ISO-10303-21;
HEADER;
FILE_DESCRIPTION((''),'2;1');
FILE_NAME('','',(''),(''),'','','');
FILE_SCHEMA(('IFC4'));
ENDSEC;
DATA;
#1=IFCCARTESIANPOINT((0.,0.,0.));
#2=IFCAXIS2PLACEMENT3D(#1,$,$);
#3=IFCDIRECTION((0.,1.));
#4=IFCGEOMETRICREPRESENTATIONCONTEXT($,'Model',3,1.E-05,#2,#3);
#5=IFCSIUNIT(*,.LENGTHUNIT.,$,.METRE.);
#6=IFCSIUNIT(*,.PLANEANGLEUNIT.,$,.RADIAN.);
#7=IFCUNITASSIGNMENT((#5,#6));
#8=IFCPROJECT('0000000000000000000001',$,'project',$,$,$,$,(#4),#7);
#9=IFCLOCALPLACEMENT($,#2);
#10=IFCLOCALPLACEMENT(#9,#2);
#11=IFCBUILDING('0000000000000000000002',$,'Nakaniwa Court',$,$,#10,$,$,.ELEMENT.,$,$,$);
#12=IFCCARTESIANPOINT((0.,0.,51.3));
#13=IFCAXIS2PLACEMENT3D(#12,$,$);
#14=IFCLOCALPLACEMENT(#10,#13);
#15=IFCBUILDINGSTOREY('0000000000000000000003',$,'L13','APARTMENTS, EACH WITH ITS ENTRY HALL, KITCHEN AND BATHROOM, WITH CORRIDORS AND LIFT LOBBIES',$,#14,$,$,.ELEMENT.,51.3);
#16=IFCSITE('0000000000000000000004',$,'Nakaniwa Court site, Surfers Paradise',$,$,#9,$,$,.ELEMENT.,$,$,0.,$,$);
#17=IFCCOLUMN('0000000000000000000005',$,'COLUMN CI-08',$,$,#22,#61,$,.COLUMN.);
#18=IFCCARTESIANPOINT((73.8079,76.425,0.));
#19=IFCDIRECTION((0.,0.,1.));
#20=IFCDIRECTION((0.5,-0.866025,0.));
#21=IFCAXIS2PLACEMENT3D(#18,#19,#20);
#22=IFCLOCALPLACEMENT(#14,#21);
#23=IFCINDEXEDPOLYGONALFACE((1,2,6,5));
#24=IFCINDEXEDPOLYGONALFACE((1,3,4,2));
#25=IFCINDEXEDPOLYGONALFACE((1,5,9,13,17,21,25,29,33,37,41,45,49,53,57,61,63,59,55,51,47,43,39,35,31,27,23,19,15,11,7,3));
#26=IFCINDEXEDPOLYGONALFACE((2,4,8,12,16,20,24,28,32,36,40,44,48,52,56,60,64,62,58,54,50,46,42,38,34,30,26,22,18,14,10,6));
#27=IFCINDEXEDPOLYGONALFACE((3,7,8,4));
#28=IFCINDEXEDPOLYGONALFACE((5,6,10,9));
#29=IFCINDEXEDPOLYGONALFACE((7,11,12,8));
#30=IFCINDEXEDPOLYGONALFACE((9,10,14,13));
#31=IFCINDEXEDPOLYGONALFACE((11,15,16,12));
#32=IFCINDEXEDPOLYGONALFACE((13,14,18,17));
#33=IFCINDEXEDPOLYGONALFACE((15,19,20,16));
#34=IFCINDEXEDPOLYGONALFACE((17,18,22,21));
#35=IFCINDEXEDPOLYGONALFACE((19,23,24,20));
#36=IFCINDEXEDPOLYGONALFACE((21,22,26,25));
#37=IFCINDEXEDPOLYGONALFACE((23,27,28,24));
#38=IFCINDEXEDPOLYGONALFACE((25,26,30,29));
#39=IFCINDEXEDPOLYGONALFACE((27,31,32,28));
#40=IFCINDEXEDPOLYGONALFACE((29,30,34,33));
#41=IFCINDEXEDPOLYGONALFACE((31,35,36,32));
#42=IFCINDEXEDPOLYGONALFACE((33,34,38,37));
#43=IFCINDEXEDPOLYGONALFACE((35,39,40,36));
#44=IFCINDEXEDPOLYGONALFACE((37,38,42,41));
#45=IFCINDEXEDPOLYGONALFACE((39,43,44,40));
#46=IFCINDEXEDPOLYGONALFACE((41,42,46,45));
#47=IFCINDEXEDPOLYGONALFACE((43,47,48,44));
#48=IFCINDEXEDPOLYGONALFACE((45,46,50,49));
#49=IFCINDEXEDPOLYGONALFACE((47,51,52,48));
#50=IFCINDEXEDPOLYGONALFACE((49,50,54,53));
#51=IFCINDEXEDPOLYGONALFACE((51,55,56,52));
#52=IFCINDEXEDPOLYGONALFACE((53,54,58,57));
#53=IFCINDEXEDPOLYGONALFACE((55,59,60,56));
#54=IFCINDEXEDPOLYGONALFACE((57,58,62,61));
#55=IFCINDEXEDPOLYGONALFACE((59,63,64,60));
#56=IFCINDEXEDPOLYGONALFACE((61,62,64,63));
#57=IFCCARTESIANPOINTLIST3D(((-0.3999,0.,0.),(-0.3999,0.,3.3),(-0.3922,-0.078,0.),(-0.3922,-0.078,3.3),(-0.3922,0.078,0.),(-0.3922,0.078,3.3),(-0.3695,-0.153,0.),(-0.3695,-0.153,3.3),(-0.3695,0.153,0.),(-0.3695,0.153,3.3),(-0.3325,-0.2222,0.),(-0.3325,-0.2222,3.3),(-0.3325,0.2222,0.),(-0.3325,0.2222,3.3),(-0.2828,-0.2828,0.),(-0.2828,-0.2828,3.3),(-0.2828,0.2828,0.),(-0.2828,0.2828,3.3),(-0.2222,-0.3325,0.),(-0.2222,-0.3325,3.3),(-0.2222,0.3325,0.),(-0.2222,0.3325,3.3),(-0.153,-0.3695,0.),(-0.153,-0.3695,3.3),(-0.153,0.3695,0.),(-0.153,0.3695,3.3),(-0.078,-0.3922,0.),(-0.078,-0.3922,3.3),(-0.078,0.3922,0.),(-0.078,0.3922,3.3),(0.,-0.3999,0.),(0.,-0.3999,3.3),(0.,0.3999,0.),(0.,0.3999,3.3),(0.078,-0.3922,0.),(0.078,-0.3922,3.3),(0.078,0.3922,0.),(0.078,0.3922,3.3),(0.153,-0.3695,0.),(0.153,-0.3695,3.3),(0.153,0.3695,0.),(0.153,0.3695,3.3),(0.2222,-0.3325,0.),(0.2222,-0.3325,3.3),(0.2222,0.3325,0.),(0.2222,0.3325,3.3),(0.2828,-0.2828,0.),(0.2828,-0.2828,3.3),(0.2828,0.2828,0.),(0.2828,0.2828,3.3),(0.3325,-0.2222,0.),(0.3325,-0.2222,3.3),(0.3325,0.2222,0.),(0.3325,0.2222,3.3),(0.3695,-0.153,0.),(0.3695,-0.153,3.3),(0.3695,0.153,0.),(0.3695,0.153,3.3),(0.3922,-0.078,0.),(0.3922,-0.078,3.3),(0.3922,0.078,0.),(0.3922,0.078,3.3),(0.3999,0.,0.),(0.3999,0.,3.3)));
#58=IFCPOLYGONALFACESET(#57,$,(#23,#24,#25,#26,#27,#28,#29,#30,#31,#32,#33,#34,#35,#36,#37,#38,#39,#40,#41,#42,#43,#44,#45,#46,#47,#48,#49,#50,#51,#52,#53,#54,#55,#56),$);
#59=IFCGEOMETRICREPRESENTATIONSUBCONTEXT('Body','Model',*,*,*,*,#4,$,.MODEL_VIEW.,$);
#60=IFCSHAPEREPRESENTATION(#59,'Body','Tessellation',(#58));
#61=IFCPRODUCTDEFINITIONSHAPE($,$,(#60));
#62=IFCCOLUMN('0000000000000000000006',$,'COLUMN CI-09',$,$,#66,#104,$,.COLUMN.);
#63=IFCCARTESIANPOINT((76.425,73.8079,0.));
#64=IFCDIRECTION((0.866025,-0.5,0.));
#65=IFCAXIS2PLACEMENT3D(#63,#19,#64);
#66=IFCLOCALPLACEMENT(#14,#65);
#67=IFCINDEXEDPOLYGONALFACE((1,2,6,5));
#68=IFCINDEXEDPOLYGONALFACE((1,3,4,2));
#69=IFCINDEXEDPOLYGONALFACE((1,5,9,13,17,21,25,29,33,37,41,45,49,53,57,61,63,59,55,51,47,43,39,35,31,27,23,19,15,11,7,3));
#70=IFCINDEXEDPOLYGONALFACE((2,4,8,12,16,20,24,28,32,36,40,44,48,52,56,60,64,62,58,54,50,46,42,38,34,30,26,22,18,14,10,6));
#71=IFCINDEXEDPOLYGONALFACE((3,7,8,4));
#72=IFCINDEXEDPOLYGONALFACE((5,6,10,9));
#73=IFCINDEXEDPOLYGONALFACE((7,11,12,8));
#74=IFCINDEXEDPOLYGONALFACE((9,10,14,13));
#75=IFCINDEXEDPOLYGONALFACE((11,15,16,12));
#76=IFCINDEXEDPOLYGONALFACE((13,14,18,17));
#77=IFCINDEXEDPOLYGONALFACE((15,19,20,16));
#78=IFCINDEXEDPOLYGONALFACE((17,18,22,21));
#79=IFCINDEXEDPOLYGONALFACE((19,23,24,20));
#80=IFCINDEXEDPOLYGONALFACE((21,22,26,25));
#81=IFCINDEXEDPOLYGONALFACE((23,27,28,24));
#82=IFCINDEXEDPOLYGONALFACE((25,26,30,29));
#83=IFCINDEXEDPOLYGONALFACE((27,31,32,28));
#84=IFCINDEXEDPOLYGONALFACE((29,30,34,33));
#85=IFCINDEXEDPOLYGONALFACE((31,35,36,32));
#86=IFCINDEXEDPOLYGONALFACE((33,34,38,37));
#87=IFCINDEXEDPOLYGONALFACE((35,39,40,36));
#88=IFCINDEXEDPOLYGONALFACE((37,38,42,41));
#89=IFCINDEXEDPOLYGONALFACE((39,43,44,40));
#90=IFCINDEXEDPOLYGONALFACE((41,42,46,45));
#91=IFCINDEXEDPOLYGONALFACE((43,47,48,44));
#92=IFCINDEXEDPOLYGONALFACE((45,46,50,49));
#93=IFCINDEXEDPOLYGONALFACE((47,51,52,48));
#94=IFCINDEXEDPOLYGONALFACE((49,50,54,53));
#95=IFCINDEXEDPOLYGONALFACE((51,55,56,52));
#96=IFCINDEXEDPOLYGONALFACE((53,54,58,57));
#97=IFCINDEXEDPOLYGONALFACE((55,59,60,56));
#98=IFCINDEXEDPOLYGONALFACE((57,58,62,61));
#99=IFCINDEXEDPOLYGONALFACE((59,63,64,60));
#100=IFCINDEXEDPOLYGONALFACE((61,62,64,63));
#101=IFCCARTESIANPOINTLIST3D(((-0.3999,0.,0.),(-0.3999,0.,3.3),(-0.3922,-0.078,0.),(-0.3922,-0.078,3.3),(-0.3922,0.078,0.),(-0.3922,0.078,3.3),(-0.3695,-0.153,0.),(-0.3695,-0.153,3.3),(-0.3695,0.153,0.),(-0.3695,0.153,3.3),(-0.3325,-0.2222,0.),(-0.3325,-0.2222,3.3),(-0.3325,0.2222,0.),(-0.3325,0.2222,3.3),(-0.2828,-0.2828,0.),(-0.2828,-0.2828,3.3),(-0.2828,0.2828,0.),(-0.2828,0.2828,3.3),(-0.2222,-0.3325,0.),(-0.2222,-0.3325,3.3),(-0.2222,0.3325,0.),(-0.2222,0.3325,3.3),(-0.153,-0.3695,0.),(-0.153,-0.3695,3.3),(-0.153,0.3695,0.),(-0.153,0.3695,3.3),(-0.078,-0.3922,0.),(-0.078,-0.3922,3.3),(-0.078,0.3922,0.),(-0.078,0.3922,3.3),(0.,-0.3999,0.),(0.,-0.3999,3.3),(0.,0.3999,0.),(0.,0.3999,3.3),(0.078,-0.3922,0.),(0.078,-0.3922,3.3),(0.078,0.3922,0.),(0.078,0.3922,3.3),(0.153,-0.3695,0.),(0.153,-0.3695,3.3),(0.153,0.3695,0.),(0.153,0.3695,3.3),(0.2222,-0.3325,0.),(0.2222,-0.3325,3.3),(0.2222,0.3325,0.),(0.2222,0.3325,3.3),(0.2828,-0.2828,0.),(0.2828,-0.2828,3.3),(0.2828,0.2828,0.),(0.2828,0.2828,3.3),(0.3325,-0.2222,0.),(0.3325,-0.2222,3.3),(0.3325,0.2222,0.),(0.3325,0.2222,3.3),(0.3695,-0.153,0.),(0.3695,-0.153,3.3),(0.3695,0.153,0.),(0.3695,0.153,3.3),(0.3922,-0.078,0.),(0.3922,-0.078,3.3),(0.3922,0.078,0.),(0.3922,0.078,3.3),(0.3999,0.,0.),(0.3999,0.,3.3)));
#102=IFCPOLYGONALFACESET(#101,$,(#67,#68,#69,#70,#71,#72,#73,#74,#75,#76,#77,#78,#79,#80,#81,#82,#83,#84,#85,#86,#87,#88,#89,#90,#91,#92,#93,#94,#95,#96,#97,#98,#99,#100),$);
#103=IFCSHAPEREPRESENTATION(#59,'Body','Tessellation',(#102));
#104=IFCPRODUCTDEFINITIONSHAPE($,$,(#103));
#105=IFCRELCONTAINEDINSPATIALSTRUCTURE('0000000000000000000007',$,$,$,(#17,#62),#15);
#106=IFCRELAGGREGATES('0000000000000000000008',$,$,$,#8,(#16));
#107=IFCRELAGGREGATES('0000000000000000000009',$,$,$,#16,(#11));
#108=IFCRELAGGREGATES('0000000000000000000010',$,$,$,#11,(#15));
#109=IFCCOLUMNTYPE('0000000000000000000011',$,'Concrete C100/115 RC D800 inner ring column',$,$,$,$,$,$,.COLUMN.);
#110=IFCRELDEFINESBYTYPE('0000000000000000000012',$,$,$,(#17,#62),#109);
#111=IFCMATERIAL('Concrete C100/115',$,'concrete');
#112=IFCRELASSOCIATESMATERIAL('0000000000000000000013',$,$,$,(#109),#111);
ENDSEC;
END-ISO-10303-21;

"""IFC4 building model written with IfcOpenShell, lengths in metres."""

from ifc_helpers import new_model, si_unit, direction, frame, origin, origin_2d, place, context, subcontext, project, spatial, circle, extrude, material, material_profile, profile_set, type_object, element, save


model = new_model("IFC4")

# Units and contexts
model_context = context("Model", 3, precision=1e-05, world=origin(), true_north=direction((0.0, 1.0)))
body_context = subcontext(model_context, "Body", "Model", "MODEL_VIEW")
ifc_project = project(units=[si_unit("LENGTHUNIT", "METRE"), si_unit("PLANEANGLEUNIT", "RADIAN")], contexts=[model_context])

# Site, building, storey
site_placement = place(None, origin())
site = spatial("IfcSite", under=ifc_project, at=site_placement, Name="Nakaniwa Court site, Surfers Paradise", CompositionType="ELEMENT", RefElevation=0.0)
building_placement = place(site_placement, origin())
building = spatial("IfcBuilding", under=site, at=building_placement, Name="Nakaniwa Court", CompositionType="ELEMENT")
storey_placement = place(building_placement, frame((0.0, 0.0, 51.3)))
storey = spatial("IfcBuildingStorey", under=building, at=storey_placement, Name="L13", Description="APARTMENTS, EACH WITH ITS ENTRY HALL, KITCHEN AND BATHROOM, WITH CORRIDORS AND LIFT LOBBIES", CompositionType="ELEMENT", Elevation=51.3)

# Columns
ifc_material_1 = material(Name="Concrete C100/115", Category="concrete")
ifc_material_profile_1 = material_profile(ifc_material_1, circle(Radius=0.3999, at=origin_2d()), Name="Concrete C100/115 RC D800 inner ring column")
ifc_profile_set_1 = profile_set([ifc_material_profile_1], Name="Concrete C100/115")
column_type_1 = type_object("IfcColumnType", Name="Concrete C100/115 RC D800 inner ring column", PredefinedType="COLUMN", material=ifc_profile_set_1)
for number, where, z_axis, x_axis, name in (
    (1, (73.8079, 76.425, 0.0), (0.0, 0.0, 1.0), (0.5, -0.866025, 0.0), "COLUMN CI-08"),
    (2, (76.425, 73.8079, 0.0), (0.0, 0.0, 1.0), (0.866025, -0.5, 0.0), "COLUMN CI-09"),
):
    element("IfcColumn", number, at=place(storey_placement, frame(where, z_axis=z_axis, x_axis=x_axis)), inside=storey, type_object=column_type_1, Name=name, PredefinedType="COLUMN", context=body_context, shape_type="SweptSolid", body=[
        extrude(circle(Radius=0.3999, at=origin_2d()), origin(), (0.0, 0.0, 1.0), 3.3),
    ])

save(model, "model.ifc")
